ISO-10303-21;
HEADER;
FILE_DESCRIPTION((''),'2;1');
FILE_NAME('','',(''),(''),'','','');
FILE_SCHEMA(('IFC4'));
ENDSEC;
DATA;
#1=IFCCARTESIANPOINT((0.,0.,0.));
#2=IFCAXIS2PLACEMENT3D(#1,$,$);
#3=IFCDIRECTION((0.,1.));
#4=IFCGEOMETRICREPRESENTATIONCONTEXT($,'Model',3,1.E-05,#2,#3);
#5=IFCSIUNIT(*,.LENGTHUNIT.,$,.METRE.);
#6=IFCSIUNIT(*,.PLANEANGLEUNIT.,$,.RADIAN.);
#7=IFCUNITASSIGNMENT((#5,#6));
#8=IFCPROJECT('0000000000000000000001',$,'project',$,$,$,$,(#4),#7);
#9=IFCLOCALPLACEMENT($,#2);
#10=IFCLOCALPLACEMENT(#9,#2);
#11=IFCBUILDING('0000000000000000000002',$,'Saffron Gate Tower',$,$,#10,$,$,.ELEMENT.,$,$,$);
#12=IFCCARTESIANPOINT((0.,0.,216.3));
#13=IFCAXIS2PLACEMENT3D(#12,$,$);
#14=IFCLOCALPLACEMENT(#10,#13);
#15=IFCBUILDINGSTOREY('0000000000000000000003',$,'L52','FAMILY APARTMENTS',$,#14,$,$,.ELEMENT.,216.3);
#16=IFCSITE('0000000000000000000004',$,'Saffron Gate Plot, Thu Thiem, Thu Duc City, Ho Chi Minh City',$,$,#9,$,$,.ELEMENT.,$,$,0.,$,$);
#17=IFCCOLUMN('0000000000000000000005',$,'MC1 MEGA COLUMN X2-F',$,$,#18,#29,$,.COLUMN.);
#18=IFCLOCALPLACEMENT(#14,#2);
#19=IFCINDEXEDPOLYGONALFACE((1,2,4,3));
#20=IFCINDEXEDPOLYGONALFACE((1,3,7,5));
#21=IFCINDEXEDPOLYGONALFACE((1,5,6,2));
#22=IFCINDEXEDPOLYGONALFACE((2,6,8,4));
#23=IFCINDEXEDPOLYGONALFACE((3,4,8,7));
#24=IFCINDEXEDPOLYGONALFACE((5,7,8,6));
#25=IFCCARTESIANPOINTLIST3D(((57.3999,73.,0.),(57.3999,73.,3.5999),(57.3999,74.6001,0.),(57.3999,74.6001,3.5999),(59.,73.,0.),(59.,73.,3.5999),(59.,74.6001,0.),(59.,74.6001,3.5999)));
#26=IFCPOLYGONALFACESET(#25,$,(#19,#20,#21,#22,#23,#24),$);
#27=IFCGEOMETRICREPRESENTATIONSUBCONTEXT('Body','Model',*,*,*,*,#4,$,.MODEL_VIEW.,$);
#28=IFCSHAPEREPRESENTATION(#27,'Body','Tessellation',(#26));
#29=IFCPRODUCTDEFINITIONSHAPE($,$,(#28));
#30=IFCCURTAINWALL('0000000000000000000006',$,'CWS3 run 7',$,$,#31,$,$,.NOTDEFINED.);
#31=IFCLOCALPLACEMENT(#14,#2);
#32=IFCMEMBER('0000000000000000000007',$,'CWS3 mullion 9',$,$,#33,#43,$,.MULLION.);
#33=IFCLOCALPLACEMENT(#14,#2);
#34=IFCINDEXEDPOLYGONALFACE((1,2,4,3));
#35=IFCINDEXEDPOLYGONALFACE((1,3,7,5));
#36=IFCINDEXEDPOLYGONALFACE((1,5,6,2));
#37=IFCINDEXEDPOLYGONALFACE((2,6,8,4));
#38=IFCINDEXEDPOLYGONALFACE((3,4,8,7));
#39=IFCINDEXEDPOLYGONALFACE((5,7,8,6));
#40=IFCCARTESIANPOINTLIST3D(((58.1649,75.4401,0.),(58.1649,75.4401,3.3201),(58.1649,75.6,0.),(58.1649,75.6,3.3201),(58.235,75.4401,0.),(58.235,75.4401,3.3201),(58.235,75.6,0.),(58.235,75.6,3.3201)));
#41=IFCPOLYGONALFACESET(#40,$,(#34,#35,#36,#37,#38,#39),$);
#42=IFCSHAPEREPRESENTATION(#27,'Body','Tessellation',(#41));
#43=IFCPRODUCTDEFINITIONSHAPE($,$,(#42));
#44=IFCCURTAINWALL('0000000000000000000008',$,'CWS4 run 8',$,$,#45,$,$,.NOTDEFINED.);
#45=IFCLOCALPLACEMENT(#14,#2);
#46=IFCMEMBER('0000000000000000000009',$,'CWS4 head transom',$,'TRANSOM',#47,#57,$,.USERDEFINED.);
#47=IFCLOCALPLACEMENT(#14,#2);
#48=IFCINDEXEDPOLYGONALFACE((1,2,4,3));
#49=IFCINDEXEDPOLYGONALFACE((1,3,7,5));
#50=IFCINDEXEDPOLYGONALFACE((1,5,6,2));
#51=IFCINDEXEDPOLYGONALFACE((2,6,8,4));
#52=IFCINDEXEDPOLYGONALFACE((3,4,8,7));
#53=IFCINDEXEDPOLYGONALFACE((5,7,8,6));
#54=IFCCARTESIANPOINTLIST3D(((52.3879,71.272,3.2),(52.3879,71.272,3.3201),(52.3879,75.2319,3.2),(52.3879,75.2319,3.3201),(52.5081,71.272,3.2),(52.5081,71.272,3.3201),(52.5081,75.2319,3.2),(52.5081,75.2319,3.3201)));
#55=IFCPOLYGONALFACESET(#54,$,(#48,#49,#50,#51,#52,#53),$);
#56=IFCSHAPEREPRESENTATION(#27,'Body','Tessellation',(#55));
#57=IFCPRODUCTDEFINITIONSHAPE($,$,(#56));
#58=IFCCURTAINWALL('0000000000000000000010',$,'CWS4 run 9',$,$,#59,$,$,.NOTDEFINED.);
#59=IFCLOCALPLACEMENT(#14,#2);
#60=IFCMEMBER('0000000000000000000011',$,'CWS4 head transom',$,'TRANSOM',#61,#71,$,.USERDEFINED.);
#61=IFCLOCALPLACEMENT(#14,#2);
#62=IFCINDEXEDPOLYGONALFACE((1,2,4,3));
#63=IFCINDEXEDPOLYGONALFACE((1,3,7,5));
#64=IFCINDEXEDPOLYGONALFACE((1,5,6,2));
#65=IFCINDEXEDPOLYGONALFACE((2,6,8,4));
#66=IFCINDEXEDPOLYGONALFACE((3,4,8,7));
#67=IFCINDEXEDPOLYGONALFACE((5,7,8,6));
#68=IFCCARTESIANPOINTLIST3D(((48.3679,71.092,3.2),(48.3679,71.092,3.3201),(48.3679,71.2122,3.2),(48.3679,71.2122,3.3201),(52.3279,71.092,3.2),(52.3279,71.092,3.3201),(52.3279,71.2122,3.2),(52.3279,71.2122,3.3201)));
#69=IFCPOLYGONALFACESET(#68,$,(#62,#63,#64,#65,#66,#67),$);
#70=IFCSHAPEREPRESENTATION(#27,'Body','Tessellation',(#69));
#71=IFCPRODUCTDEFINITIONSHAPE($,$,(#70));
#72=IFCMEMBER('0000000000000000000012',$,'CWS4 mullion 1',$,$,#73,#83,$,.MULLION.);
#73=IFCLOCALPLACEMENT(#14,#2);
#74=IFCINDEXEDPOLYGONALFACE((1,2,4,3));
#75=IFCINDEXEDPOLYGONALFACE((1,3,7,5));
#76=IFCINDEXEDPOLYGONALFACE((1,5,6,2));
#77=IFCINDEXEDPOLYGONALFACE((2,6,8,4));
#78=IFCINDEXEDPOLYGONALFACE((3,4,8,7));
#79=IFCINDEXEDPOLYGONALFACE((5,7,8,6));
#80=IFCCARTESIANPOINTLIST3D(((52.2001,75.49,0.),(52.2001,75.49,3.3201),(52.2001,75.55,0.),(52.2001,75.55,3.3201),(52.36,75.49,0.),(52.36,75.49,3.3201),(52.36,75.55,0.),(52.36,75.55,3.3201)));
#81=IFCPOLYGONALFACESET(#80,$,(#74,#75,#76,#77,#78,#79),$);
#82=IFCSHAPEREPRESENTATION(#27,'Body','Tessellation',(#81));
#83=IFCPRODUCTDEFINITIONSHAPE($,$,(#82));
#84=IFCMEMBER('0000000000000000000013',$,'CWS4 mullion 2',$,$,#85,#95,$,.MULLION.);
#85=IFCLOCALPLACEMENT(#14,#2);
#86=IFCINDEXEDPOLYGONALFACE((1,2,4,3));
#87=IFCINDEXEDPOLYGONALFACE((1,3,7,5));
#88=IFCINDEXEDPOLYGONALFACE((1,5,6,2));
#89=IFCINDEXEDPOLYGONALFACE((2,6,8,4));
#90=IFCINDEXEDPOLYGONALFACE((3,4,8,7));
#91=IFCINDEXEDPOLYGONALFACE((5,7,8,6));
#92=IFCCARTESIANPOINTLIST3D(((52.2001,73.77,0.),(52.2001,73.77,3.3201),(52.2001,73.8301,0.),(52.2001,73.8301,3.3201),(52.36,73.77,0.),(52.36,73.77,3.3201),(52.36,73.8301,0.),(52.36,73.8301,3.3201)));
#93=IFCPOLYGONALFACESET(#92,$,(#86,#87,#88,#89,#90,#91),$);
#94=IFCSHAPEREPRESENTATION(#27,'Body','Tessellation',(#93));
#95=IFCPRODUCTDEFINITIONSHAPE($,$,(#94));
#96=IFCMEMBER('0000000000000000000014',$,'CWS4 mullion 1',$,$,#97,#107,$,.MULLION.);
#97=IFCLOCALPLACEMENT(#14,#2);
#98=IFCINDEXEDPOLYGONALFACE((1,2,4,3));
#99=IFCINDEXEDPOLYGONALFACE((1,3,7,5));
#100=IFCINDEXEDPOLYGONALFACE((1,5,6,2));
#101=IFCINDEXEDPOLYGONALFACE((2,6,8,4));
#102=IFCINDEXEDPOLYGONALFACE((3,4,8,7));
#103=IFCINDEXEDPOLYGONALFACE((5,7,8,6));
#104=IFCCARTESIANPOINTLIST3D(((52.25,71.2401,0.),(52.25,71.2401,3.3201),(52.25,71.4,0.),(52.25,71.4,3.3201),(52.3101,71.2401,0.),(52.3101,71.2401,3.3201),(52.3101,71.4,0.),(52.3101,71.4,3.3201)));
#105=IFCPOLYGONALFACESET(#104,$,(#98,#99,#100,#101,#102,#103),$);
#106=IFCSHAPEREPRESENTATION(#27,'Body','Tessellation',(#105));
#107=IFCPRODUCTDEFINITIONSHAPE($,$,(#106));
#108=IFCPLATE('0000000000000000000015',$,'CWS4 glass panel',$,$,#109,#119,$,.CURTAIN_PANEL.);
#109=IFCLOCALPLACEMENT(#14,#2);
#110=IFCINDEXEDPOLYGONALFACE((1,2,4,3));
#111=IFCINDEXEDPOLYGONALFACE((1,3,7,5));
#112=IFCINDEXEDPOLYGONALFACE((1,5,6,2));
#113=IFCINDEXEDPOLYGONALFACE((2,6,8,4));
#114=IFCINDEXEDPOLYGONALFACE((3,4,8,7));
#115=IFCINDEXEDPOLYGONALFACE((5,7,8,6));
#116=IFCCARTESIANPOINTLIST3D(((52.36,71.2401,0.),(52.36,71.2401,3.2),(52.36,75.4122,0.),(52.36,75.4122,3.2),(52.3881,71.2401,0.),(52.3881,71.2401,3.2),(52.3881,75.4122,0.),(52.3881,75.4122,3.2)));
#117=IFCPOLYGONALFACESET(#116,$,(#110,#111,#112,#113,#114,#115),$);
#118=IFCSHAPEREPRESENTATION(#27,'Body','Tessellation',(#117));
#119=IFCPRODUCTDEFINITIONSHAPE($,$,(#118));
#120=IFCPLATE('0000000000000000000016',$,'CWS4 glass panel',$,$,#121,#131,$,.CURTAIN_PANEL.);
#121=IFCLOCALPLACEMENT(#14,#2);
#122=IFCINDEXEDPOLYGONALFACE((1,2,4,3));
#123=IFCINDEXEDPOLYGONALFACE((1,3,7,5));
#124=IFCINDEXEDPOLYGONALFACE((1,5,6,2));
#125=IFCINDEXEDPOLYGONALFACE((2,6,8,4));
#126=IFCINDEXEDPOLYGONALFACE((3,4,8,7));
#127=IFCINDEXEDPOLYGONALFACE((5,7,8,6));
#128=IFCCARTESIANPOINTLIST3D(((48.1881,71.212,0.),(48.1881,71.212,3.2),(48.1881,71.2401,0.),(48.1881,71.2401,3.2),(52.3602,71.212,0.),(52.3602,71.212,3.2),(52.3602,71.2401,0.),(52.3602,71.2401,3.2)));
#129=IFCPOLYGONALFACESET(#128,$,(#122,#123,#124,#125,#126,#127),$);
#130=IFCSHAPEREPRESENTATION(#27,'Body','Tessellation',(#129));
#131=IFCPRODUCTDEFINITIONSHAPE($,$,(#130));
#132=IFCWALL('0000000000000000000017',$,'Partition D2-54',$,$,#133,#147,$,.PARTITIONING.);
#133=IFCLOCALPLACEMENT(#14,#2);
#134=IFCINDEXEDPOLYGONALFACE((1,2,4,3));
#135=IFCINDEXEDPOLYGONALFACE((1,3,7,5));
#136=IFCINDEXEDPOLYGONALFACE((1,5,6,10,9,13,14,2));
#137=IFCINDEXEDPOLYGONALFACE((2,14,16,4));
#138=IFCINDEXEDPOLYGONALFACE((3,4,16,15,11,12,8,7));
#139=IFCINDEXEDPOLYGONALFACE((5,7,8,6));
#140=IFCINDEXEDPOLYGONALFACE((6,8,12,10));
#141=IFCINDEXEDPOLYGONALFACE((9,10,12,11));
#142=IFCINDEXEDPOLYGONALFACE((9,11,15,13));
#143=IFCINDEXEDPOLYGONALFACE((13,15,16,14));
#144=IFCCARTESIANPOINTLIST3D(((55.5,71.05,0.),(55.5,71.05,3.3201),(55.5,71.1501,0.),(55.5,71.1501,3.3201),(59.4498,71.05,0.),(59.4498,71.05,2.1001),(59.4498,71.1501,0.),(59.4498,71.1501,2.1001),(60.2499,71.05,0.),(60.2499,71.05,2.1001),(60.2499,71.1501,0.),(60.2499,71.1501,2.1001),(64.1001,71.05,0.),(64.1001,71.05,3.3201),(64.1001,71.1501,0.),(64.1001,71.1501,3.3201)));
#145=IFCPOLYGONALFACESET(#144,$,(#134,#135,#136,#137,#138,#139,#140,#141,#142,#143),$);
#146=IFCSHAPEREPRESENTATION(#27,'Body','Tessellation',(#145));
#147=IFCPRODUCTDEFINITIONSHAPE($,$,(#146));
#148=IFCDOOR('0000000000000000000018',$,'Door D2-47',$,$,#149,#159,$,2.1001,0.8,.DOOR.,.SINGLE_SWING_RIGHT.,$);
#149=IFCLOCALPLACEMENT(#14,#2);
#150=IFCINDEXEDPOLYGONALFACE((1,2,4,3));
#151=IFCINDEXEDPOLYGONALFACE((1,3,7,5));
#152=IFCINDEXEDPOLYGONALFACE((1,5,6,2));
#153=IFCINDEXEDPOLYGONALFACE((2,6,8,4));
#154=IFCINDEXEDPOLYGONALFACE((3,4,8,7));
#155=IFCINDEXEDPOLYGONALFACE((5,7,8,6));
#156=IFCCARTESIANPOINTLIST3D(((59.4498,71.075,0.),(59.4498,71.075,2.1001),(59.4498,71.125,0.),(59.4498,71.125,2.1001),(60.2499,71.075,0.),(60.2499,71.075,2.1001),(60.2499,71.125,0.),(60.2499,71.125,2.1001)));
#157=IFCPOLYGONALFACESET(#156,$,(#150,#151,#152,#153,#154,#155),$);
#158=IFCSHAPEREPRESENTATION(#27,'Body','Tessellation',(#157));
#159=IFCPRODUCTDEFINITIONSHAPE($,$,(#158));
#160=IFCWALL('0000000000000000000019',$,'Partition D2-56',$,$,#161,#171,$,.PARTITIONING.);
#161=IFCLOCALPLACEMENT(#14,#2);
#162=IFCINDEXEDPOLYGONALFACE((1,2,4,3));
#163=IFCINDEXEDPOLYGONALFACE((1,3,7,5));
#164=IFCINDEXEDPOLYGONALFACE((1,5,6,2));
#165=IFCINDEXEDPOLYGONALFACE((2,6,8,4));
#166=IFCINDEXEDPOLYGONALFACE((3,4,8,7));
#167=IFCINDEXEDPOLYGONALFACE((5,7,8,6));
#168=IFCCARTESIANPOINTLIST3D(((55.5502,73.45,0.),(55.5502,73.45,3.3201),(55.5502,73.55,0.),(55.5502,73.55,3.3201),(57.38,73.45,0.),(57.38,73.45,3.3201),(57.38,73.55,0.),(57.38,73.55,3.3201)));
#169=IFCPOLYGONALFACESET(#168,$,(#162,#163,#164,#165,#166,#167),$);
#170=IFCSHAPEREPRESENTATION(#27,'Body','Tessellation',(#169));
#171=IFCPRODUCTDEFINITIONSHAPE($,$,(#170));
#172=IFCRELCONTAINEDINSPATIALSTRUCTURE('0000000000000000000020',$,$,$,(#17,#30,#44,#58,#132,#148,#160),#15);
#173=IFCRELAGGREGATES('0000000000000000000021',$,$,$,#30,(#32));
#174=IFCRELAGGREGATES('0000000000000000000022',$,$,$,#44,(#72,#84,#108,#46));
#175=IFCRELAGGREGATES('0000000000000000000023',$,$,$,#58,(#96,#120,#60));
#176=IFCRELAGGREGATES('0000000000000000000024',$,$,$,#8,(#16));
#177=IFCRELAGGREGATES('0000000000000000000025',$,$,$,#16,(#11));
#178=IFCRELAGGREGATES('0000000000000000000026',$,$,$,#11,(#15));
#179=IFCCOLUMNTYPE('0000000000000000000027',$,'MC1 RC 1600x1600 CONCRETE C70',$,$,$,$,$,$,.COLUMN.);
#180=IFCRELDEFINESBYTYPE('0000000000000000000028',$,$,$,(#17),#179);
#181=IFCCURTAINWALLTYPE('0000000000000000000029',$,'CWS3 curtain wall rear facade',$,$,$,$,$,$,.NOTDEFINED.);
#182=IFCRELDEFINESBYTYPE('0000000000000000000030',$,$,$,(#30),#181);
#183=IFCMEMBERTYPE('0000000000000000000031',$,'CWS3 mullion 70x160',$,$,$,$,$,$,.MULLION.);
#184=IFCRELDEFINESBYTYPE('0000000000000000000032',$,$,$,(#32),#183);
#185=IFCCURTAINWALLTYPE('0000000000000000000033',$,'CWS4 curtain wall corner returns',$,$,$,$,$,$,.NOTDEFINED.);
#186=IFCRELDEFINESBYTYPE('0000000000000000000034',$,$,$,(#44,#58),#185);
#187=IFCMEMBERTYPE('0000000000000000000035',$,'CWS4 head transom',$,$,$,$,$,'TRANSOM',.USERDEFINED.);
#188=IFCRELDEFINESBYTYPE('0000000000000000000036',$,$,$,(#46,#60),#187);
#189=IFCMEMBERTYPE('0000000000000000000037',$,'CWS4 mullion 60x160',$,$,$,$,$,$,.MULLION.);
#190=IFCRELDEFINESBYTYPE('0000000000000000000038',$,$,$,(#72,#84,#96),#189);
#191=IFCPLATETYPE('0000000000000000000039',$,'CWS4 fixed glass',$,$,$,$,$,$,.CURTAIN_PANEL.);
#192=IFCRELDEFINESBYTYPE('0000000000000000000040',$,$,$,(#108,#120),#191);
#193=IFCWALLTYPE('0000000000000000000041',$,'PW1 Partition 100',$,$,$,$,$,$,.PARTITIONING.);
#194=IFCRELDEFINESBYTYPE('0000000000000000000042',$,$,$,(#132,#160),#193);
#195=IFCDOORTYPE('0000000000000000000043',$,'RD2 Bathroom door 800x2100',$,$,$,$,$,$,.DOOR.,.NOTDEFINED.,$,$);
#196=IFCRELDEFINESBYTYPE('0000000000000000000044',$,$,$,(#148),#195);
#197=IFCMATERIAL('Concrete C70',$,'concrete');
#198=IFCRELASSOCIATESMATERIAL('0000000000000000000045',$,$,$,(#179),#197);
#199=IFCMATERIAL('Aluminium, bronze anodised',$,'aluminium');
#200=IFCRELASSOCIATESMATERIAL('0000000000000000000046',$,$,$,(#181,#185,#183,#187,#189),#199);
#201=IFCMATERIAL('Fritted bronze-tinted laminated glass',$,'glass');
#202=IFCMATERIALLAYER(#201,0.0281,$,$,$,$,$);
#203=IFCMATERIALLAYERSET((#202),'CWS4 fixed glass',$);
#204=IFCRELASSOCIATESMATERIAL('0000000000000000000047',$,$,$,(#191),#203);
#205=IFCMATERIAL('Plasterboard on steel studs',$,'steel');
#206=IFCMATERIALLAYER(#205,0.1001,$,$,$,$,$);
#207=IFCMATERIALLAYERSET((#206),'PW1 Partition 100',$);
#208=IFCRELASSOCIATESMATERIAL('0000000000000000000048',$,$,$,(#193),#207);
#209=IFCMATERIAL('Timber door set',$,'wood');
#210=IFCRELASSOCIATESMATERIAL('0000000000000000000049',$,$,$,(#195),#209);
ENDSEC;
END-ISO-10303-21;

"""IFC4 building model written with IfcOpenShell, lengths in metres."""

from ifc_helpers import new_model, si_unit, direction, frame, frame_2d, origin, origin_2d, place, context, subcontext, project, spatial, rectangle, extrude, material, layer, layer_set, material_profile, profile_set, type_object, element, fill, aggregate, save


model = new_model("IFC4")

# Units and contexts
model_context = context("Model", 3, precision=1e-05, world=origin(), true_north=direction((0.0, 1.0)))
body_context = subcontext(model_context, "Body", "Model", "MODEL_VIEW")
ifc_project = project(units=[si_unit("LENGTHUNIT", "METRE"), si_unit("PLANEANGLEUNIT", "RADIAN")], contexts=[model_context])

# Site, building, storey
site_placement = place(None, origin())
site = spatial("IfcSite", under=ifc_project, at=site_placement, Name="Saffron Gate Plot, Thu Thiem, Thu Duc City, Ho Chi Minh City", CompositionType="ELEMENT", RefElevation=0.0)
building_placement = place(site_placement, origin())
building = spatial("IfcBuilding", under=site, at=building_placement, Name="Saffron Gate Tower", CompositionType="ELEMENT")
storey_placement = place(building_placement, frame((0.0, 0.0, 216.3)))
storey = spatial("IfcBuildingStorey", under=building, at=storey_placement, Name="L52", Description="FAMILY APARTMENTS", CompositionType="ELEMENT", Elevation=216.3)

# Column
ifc_material_1 = material(Name="Concrete C70", Category="concrete")
ifc_material_profile_1 = material_profile(ifc_material_1, rectangle(XDim=1.6001, YDim=1.6001, at=origin_2d()))
ifc_profile_set_1 = profile_set([ifc_material_profile_1], Name="Concrete C70")
column_type = type_object("IfcColumnType", Name="MC1 RC 1600x1600 CONCRETE C70", PredefinedType="COLUMN", material=ifc_profile_set_1)
column_placement = place(storey_placement, frame((58.2, 73.8, 0.0), z_axis=(0.0, 0.0, 1.0), x_axis=(1.0, 0.0, 0.0)))
element("IfcColumn", 1, at=column_placement, inside=storey, type_object=column_type, Name="MC1 MEGA COLUMN X2-F", PredefinedType="COLUMN", context=body_context, shape_type="SweptSolid", body=[
    extrude(rectangle(XDim=1.6001, YDim=1.6001, at=origin_2d()), origin(), (0.0, 0.0, 1.0), 3.5999),
])

# Curtain walls, members
ifc_material_2 = material(Name="Aluminium, bronze anodised", Category="aluminium")
curtain_wall_type_1 = type_object("IfcCurtainWallType", Name="CWS3 curtain wall rear facade", PredefinedType="NOTDEFINED", material=ifc_material_2)
curtain_wall_1_placement = place(storey_placement, origin())
curtain_wall_1 = element("IfcCurtainWall", 2, at=curtain_wall_1_placement, inside=storey, type_object=curtain_wall_type_1, Name="CWS3 run 7", PredefinedType="NOTDEFINED")
ifc_material_profile_2 = material_profile(ifc_material_2, rectangle(XDim=0.1599, YDim=0.0701, at=origin_2d()))
ifc_profile_set_2 = profile_set([ifc_material_profile_2], Name="Aluminium, bronze anodised")
member_type_1 = type_object("IfcMemberType", Name="CWS3 mullion 70x160", PredefinedType="MULLION", material=ifc_profile_set_2)
member_1_placement = place(storey_placement, frame((58.2, 75.52, 0.0), z_axis=(0.0, 0.0, 1.0), x_axis=(0.0, -1.0, 0.0)))
member_1 = element("IfcMember", 3, at=member_1_placement, type_object=member_type_1, Name="CWS3 mullion 9", PredefinedType="MULLION", context=body_context, shape_type="SweptSolid", body=[
    extrude(rectangle(XDim=0.1599, YDim=0.0701, at=origin_2d()), origin(), (0.0, 0.0, 1.0), 3.3201),
])
aggregate(curtain_wall_1, [member_1])
curtain_wall_type_2 = type_object("IfcCurtainWallType", Name="CWS4 curtain wall corner returns", PredefinedType="NOTDEFINED", material=ifc_material_2)
curtain_wall_2_placement = place(storey_placement, origin())
curtain_wall_2 = element("IfcCurtainWall", 4, at=curtain_wall_2_placement, inside=storey, type_object=curtain_wall_type_2, Name="CWS4 run 8", PredefinedType="NOTDEFINED")
ifc_material_profile_3 = material_profile(ifc_material_2, rectangle(XDim=0.1201, YDim=0.1201, at=origin_2d()))
ifc_profile_set_3 = profile_set([ifc_material_profile_3], Name="Aluminium, bronze anodised")
member_type_2 = type_object("IfcMemberType", Name="CWS4 head transom", ElementType="TRANSOM", PredefinedType="USERDEFINED", material=ifc_profile_set_3)
member_2_placement = place(storey_placement, frame((52.448, 75.2319, 3.26), z_axis=(0.0, -1.0, 0.0), x_axis=(1.0, 0.0, 0.0)))
member_2 = element("IfcMember", 5, at=member_2_placement, type_object=member_type_2, Name="CWS4 head transom", ObjectType="TRANSOM", PredefinedType="USERDEFINED", context=body_context, shape_type="SweptSolid", body=[
    extrude(rectangle(XDim=0.1201, YDim=0.1201, at=origin_2d()), origin(), (0.0, 0.0, 1.0), 3.96),
])
curtain_wall_3_placement = place(storey_placement, origin())
curtain_wall_3 = element("IfcCurtainWall", 6, at=curtain_wall_3_placement, inside=storey, type_object=curtain_wall_type_2, Name="CWS4 run 9", PredefinedType="NOTDEFINED")
member_3_placement = place(storey_placement, frame((52.3279, 71.1521, 3.26), z_axis=(-1.0, 0.0, 0.0), x_axis=(0.0, -1.0, 0.0)))
member_3 = element("IfcMember", 7, at=member_3_placement, type_object=member_type_2, Name="CWS4 head transom", ObjectType="TRANSOM", PredefinedType="USERDEFINED", context=body_context, shape_type="SweptSolid", body=[
    extrude(rectangle(XDim=0.1201, YDim=0.1201, at=origin_2d()), origin(), (0.0, 0.0, 1.0), 3.96),
])

# Members
ifc_material_profile_4 = material_profile(ifc_material_2, rectangle(XDim=0.1599, YDim=0.0601, at=origin_2d()))
ifc_profile_set_4 = profile_set([ifc_material_profile_4], Name="Aluminium, bronze anodised")
member_type_3 = type_object("IfcMemberType", Name="CWS4 mullion 60x160", PredefinedType="MULLION", material=ifc_profile_set_4)
member_4_placement = place(storey_placement, frame((52.28, 75.52, 0.0), z_axis=(0.0, 0.0, 1.0), x_axis=(1.0, 0.0, 0.0)))
member_4 = element("IfcMember", 8, at=member_4_placement, type_object=member_type_3, Name="CWS4 mullion 1", PredefinedType="MULLION", context=body_context, shape_type="SweptSolid", body=[
    extrude(rectangle(XDim=0.1599, YDim=0.0601, at=origin_2d()), origin(), (0.0, 0.0, 1.0), 3.3201),
])
member_5_placement = place(storey_placement, frame((52.28, 73.8, 0.0), z_axis=(0.0, 0.0, 1.0), x_axis=(1.0, 0.0, 0.0)))
member_5 = element("IfcMember", 9, at=member_5_placement, type_object=member_type_3, Name="CWS4 mullion 2", PredefinedType="MULLION", context=body_context, shape_type="SweptSolid", body=[
    extrude(rectangle(XDim=0.1599, YDim=0.0601, at=origin_2d()), origin(), (0.0, 0.0, 1.0), 3.3201),
])
member_6_placement = place(storey_placement, frame((52.28, 71.3201, 0.0), z_axis=(0.0, 0.0, 1.0), x_axis=(0.0, -1.0, 0.0)))
member_6 = element("IfcMember", 10, at=member_6_placement, type_object=member_type_3, Name="CWS4 mullion 1", PredefinedType="MULLION", context=body_context, shape_type="SweptSolid", body=[
    extrude(rectangle(XDim=0.1599, YDim=0.0601, at=origin_2d()), origin(), (0.0, 0.0, 1.0), 3.3201),
])

# Plates
ifc_material_3 = material(Name="Fritted bronze-tinted laminated glass", Category="glass")
ifc_layer_1 = layer(ifc_material_3, 0.0281)
ifc_layer_set_1 = layer_set([ifc_layer_1], Name="CWS4 fixed glass")
plate_type = type_object("IfcPlateType", Name="CWS4 fixed glass", PredefinedType="CURTAIN_PANEL", material=ifc_layer_set_1)
plate_1_placement = place(storey_placement, frame((52.374, 75.4121, 0.0), z_axis=(0.0, 0.0, 1.0), x_axis=(0.0, -1.0, 0.0)))
plate_1 = element("IfcPlate", 11, at=plate_1_placement, type_object=plate_type, Name="CWS4 glass panel", PredefinedType="CURTAIN_PANEL", context=body_context, shape_type="SweptSolid", body=[
    extrude(rectangle(XDim=4.1721, YDim=0.0281, at=frame_2d((2.0859, 0.0))), origin(), (0.0, 0.0, 1.0), 3.2),
])
aggregate(curtain_wall_2, [member_4, member_5, plate_1, member_2])
plate_2_placement = place(storey_placement, frame((52.3601, 71.2261, 0.0), z_axis=(0.0, 0.0, 1.0), x_axis=(-1.0, 0.0, 0.0)))
plate_2 = element("IfcPlate", 12, at=plate_2_placement, type_object=plate_type, Name="CWS4 glass panel", PredefinedType="CURTAIN_PANEL", context=body_context, shape_type="SweptSolid", body=[
    extrude(rectangle(XDim=4.1721, YDim=0.0281, at=frame_2d((2.0859, 0.0))), origin(), (0.0, 0.0, 1.0), 3.2),
])
aggregate(curtain_wall_3, [member_6, plate_2, member_3])

# Wall, opening, door
ifc_material_4 = material(Name="Plasterboard on steel studs", Category="steel")
ifc_layer_2 = layer(ifc_material_4, 0.1001)
ifc_layer_set_2 = layer_set([ifc_layer_2], Name="PW1 Partition 100")
wall_type = type_object("IfcWallType", Name="PW1 Partition 100", PredefinedType="PARTITIONING", material=ifc_layer_set_2)
wall_1_placement = place(storey_placement, frame((55.5, 71.1001, 0.0), z_axis=(0.0, 0.0, 1.0), x_axis=(1.0, 0.0, 0.0)))
wall_1 = element("IfcWall", 13, at=wall_1_placement, inside=storey, type_object=wall_type, Name="Partition D2-54", PredefinedType="PARTITIONING", context=body_context, shape_type="SweptSolid", body=[
    extrude(rectangle(XDim=8.6001, YDim=0.1001, at=frame_2d((4.3, 0.0))), origin(), (0.0, 0.0, 1.0), 3.3201),
])
opening_1_placement = place(wall_1_placement, frame((3.95, 0.0, 0.0)))
opening_1 = element("IfcOpeningElement", 14, at=opening_1_placement, cuts=wall_1, PredefinedType="OPENING", context=body_context, shape_type="SweptSolid", body=[
    extrude(rectangle(XDim=0.8, YDim=2.1001, at=frame_2d((0.3999, 1.05))), frame((0.0, 0.0601, 0.0), z_axis=(0.0, -1.0, 0.0), x_axis=(1.0, 0.0, 0.0)), (0.0, 0.0, 1.0), 0.1201),
])
ifc_material_5 = material(Name="Timber door set", Category="wood")
door_type = type_object("IfcDoorType", Name="RD2 Bathroom door 800x2100", OperationType="NOTDEFINED", PredefinedType="DOOR", material=ifc_material_5)
door_1_placement = place(opening_1_placement, origin())
door_1 = element("IfcDoor", 15, at=door_1_placement, inside=storey, type_object=door_type, Name="Door D2-47", OperationType="SINGLE_SWING_RIGHT", OverallHeight=2.1001, OverallWidth=0.8, PredefinedType="DOOR", context=body_context, shape_type="SweptSolid", body=[
    extrude(rectangle(XDim=0.8, YDim=2.1001, at=frame_2d((0.3999, 1.05))), frame((0.0, 0.0249, 0.0), z_axis=(0.0, -1.0, 0.0), x_axis=(1.0, 0.0, 0.0)), (0.0, 0.0, 1.0), 0.05),
])
fill(opening_1, door_1)

# Wall
wall_2_placement = place(storey_placement, frame((55.55, 73.5, 0.0), z_axis=(0.0, 0.0, 1.0), x_axis=(1.0, 0.0, 0.0)))
element("IfcWall", 16, at=wall_2_placement, inside=storey, type_object=wall_type, Name="Partition D2-56", PredefinedType="PARTITIONING", context=body_context, shape_type="SweptSolid", body=[
    extrude(rectangle(XDim=1.8298, YDim=0.1001, at=frame_2d((0.915, 0.0))), origin(), (0.0, 0.0, 1.0), 3.3201),
])

save(model, "model.ifc")
